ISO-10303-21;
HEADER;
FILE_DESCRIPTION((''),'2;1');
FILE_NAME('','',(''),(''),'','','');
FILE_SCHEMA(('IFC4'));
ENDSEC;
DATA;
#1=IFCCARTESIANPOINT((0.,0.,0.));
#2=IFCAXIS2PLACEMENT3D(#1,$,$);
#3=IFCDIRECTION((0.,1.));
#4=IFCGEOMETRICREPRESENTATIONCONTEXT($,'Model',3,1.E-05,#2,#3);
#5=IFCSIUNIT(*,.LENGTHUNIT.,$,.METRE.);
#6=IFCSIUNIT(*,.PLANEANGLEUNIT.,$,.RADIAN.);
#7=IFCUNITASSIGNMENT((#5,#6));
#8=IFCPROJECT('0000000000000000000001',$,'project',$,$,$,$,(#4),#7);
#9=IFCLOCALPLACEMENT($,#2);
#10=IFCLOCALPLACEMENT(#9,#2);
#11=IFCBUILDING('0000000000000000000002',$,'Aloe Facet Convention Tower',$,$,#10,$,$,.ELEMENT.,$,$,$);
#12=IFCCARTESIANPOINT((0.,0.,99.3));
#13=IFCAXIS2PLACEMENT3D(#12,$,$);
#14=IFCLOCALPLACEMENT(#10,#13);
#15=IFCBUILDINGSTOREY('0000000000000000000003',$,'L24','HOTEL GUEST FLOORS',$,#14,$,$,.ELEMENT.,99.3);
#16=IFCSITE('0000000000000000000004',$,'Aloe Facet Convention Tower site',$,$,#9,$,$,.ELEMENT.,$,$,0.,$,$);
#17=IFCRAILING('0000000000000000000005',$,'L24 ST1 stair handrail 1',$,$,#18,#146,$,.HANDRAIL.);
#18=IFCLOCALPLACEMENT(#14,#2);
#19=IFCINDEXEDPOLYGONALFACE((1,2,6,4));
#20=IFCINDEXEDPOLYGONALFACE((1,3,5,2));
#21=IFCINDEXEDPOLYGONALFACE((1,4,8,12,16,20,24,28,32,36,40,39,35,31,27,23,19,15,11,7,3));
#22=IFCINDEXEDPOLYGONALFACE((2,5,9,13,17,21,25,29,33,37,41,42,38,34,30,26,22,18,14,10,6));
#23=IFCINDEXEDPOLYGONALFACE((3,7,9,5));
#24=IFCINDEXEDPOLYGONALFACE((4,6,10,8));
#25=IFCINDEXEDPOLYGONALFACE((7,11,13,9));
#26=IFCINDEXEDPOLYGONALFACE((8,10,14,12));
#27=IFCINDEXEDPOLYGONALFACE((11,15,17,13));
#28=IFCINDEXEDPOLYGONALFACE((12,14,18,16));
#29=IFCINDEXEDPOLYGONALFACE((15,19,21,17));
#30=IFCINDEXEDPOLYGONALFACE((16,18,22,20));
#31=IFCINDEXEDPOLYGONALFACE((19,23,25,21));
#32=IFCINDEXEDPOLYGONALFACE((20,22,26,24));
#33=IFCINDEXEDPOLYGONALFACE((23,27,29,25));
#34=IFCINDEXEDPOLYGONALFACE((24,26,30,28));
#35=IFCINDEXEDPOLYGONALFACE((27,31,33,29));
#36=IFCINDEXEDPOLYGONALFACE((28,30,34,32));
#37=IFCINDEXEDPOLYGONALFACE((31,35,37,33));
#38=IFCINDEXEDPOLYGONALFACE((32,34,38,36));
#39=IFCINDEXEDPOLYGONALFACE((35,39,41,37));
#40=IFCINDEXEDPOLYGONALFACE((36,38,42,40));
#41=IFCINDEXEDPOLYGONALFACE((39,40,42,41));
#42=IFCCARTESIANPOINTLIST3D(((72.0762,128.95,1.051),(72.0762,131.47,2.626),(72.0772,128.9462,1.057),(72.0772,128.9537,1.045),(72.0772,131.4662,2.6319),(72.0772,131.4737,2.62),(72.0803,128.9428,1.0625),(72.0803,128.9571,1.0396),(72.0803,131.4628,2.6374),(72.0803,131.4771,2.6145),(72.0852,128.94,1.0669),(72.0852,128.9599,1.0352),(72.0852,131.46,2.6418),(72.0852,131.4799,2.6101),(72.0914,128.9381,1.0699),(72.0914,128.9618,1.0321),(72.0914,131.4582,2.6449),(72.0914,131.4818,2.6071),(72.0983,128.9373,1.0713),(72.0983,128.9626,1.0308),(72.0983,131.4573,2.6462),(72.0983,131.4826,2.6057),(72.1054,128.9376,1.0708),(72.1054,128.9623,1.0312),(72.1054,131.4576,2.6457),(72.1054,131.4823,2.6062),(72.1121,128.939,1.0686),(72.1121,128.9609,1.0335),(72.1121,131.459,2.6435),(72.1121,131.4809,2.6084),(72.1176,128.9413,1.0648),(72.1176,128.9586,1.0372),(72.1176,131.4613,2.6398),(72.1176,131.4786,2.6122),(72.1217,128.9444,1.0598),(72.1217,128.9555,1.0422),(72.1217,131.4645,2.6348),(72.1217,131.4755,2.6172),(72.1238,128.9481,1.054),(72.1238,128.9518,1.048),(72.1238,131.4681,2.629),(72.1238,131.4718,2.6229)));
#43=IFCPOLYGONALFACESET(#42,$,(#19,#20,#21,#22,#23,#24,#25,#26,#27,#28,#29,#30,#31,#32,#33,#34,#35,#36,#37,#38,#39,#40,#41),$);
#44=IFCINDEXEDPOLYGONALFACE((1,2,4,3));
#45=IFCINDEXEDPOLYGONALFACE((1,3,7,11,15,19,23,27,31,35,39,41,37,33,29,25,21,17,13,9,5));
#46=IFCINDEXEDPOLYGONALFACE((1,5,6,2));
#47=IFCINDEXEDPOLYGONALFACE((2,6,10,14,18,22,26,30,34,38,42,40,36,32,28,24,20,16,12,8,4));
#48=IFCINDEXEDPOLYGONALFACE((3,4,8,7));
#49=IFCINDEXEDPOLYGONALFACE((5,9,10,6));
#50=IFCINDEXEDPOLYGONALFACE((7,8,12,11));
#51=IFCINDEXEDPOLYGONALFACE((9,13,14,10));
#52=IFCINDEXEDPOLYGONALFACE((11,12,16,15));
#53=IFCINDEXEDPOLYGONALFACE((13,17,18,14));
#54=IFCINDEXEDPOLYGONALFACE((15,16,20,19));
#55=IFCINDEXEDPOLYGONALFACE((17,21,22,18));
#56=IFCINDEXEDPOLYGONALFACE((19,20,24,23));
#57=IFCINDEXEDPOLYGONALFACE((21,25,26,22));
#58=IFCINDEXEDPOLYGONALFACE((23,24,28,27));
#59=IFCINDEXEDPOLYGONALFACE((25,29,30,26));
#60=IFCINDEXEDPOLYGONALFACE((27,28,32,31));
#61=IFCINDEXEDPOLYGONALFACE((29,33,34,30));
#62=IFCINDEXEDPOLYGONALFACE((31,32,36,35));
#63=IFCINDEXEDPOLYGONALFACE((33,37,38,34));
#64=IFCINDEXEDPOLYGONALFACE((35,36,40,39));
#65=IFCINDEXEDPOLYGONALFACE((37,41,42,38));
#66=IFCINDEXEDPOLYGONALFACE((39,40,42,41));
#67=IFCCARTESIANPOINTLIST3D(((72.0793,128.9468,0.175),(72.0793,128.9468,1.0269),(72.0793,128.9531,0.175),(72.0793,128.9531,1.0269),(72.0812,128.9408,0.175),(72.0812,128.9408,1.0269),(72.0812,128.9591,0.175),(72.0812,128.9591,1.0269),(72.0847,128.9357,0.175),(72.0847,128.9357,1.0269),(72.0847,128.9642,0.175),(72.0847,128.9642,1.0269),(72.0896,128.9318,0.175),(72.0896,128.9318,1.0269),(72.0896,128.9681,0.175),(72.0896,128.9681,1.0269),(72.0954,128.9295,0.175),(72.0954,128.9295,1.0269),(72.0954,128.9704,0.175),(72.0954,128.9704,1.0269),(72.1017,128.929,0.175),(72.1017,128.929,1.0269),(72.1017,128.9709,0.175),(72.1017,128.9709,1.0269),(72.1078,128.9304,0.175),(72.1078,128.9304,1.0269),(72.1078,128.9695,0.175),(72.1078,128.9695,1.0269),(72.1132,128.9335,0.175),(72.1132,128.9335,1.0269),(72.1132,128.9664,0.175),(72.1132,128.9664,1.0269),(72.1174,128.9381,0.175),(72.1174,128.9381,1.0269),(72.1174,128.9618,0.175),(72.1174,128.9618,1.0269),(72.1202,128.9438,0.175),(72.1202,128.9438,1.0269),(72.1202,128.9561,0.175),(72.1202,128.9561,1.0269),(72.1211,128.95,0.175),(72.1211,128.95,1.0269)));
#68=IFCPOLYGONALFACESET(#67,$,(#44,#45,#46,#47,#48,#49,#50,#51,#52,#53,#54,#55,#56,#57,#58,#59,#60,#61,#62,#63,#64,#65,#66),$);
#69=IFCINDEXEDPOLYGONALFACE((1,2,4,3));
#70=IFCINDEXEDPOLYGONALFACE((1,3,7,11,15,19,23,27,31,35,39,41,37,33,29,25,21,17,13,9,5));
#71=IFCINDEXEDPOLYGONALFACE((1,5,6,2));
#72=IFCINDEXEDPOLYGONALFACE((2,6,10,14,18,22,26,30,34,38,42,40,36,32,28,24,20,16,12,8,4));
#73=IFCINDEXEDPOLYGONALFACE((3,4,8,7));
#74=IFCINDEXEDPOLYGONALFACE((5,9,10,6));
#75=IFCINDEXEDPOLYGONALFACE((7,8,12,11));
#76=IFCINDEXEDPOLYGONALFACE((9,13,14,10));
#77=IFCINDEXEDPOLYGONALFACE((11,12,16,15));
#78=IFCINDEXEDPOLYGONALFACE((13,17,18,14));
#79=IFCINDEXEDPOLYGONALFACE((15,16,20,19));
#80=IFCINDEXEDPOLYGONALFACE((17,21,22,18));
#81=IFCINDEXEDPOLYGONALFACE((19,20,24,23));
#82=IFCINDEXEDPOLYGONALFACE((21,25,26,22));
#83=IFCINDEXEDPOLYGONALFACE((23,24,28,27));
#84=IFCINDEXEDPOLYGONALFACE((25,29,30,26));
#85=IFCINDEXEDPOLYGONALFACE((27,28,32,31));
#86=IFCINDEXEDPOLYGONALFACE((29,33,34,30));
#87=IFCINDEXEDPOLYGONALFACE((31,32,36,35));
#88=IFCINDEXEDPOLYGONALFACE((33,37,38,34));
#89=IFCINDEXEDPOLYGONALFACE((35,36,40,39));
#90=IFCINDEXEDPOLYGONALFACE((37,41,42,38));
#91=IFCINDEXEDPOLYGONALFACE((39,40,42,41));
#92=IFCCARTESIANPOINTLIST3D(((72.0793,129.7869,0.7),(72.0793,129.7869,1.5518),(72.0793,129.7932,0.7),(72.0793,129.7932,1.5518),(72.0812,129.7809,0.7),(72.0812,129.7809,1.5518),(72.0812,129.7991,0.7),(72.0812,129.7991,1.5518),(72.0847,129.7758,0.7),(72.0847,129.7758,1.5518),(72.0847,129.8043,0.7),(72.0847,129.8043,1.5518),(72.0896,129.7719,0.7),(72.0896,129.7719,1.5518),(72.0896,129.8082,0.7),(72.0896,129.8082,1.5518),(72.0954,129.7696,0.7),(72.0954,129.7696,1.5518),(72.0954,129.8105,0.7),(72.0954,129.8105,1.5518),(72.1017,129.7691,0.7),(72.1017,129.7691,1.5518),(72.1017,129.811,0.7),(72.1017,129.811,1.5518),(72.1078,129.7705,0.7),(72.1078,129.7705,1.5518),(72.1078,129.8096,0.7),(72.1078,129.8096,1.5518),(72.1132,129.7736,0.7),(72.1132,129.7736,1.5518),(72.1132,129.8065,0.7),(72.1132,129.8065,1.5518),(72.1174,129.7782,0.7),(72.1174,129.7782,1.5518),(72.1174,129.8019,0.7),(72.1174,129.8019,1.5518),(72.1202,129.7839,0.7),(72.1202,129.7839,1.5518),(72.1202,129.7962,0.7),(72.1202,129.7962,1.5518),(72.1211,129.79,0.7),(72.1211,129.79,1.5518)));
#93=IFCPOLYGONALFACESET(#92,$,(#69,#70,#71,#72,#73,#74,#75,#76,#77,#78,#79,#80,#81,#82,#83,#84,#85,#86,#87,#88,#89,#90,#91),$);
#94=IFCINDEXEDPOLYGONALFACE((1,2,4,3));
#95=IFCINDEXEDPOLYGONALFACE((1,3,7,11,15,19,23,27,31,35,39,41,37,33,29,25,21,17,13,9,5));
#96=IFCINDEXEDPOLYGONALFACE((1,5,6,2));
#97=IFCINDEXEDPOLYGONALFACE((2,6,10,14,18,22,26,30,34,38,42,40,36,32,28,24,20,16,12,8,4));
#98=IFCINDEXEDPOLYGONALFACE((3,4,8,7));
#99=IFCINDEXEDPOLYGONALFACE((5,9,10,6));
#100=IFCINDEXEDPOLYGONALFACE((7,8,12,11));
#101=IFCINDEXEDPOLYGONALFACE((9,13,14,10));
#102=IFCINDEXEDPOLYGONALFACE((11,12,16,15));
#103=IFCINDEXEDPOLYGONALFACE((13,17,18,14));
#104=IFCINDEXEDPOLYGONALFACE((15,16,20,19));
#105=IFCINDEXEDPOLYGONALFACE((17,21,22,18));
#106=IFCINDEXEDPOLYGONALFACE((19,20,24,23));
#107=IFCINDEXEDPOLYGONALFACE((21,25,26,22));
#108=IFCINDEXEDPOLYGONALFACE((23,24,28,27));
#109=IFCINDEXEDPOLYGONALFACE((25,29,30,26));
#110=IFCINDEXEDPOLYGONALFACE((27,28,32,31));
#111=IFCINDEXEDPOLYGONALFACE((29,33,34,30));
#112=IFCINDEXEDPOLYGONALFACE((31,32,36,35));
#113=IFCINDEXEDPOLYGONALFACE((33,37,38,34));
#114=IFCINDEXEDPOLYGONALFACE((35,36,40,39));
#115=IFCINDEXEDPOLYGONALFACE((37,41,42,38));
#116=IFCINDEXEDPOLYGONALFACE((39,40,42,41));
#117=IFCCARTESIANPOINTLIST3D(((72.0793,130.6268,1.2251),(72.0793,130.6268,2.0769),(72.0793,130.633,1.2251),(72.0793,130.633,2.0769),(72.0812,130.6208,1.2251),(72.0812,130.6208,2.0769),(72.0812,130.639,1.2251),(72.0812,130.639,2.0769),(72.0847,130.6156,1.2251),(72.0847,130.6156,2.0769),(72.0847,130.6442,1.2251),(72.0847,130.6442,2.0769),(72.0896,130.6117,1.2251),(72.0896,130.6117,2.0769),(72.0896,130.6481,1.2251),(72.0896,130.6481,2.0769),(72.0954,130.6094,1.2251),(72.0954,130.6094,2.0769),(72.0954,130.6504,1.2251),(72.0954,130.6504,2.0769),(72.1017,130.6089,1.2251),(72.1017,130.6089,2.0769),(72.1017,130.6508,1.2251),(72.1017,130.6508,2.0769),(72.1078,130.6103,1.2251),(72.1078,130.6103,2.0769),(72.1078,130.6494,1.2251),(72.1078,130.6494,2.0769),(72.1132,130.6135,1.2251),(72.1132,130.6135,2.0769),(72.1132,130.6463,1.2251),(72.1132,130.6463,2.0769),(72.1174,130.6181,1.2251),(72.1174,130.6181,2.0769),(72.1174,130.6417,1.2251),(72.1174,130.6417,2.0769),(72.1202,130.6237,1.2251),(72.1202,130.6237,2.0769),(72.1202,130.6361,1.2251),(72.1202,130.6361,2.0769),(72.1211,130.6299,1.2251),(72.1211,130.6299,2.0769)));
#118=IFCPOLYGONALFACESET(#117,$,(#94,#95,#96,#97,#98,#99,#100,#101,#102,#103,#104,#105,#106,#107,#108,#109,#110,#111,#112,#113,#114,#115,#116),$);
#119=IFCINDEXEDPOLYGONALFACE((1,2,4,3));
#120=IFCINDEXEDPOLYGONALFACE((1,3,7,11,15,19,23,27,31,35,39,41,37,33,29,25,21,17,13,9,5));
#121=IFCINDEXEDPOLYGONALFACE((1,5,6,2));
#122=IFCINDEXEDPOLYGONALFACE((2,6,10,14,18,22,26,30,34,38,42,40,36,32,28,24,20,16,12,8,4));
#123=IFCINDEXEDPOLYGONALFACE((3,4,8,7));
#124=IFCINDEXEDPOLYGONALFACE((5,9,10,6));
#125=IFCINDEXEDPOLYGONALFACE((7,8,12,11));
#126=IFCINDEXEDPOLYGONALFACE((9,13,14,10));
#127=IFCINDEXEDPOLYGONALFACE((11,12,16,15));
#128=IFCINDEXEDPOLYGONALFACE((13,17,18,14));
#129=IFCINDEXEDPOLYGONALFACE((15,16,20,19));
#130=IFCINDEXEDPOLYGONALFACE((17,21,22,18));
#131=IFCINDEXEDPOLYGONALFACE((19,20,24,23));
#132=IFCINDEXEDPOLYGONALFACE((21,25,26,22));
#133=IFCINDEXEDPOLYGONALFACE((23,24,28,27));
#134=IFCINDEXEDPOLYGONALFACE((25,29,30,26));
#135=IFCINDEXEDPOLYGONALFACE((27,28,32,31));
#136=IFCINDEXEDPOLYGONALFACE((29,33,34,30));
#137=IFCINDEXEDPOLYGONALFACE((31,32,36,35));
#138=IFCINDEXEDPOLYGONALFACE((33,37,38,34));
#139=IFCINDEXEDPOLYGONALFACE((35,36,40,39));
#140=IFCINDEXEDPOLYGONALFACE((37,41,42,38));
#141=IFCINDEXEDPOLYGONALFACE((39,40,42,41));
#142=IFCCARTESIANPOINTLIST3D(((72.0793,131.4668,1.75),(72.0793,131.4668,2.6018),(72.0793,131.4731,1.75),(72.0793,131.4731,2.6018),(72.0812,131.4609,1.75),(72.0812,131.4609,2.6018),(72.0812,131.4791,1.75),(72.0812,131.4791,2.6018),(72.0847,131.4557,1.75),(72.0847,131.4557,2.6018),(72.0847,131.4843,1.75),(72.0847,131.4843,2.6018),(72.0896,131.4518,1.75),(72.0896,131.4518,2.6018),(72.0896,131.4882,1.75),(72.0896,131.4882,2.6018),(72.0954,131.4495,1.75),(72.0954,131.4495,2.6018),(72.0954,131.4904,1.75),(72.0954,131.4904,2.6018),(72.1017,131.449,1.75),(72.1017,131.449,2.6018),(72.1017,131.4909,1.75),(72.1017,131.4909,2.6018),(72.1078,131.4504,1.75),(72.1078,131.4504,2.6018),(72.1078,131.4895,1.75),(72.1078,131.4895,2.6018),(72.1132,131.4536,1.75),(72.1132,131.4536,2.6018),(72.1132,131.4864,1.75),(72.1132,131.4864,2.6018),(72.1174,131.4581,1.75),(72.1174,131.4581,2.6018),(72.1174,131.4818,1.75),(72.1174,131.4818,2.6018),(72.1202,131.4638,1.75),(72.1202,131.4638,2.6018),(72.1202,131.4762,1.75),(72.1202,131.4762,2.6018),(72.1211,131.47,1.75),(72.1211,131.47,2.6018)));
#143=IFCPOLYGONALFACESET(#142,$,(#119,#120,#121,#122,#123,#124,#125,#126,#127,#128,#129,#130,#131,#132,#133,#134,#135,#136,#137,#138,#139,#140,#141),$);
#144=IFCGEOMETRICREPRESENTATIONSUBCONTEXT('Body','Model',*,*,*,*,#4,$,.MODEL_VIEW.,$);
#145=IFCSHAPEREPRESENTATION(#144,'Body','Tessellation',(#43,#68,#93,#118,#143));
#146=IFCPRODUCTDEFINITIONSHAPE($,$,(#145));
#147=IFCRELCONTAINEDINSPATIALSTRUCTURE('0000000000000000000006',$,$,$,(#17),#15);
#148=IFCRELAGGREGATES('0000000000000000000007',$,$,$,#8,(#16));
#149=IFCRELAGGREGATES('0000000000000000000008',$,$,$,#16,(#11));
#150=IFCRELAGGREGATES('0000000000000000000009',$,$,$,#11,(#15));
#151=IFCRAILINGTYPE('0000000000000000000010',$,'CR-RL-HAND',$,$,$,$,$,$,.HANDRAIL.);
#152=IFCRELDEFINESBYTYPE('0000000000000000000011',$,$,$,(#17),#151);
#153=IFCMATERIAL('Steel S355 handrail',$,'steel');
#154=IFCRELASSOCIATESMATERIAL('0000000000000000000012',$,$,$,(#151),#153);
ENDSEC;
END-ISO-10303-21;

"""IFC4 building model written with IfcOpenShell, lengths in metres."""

from ifc_helpers import new_model, si_unit, direction, frame, origin, origin_2d, place, context, subcontext, project, spatial, circle, extrude, material, type_object, element, save


model = new_model("IFC4")

# Units and contexts
model_context = context("Model", 3, precision=1e-05, world=origin(), true_north=direction((0.0, 1.0)))
body_context = subcontext(model_context, "Body", "Model", "MODEL_VIEW")
ifc_project = project(units=[si_unit("LENGTHUNIT", "METRE"), si_unit("PLANEANGLEUNIT", "RADIAN")], contexts=[model_context])

# Site, building, storey
site_placement = place(None, origin())
site = spatial("IfcSite", under=ifc_project, at=site_placement, Name="Aloe Facet Convention Tower site", CompositionType="ELEMENT", RefElevation=0.0)
building_placement = place(site_placement, origin())
building = spatial("IfcBuilding", under=site, at=building_placement, Name="Aloe Facet Convention Tower", CompositionType="ELEMENT")
storey_placement = place(building_placement, frame((0.0, 0.0, 99.3)))
storey = spatial("IfcBuildingStorey", under=building, at=storey_placement, Name="L24", Description="HOTEL GUEST FLOORS", CompositionType="ELEMENT", Elevation=99.3)

# Railing
ifc_material_1 = material(Name="Steel S355 handrail", Category="steel")
railing_type_1 = type_object("IfcRailingType", Name="CR-RL-HAND", PredefinedType="HANDRAIL", material=ifc_material_1)
railing_1_placement = place(storey_placement, frame((72.1001, 128.95, 0.175)))
element("IfcRailing", 1, at=railing_1_placement, inside=storey, type_object=railing_type_1, Name="L24 ST1 stair handrail 1", PredefinedType="HANDRAIL", context=body_context, shape_type="SweptSolid", body=[
    extrude(circle(Radius=0.0239, at=origin_2d()), frame((0.0, 0.0, 0.876), z_axis=(0.0, 0.848008, 0.529984), x_axis=(-1.0, 0.0, 0.0)), (0.0, 0.0, 1.0), 2.9717),
    extrude(circle(Radius=0.021, at=origin_2d()), origin(), (0.0, 0.0, 1.0), 0.8518),
    extrude(circle(Radius=0.021, at=origin_2d()), frame((0.0, 0.8401, 0.5249)), (0.0, 0.0, 1.0), 0.8518),
    extrude(circle(Radius=0.021, at=origin_2d()), frame((0.0, 1.6799, 1.05)), (0.0, 0.0, 1.0), 0.8518),
    extrude(circle(Radius=0.021, at=origin_2d()), frame((0.0, 2.52, 1.575)), (0.0, 0.0, 1.0), 0.8518),
])

save(model, "model.ifc")
